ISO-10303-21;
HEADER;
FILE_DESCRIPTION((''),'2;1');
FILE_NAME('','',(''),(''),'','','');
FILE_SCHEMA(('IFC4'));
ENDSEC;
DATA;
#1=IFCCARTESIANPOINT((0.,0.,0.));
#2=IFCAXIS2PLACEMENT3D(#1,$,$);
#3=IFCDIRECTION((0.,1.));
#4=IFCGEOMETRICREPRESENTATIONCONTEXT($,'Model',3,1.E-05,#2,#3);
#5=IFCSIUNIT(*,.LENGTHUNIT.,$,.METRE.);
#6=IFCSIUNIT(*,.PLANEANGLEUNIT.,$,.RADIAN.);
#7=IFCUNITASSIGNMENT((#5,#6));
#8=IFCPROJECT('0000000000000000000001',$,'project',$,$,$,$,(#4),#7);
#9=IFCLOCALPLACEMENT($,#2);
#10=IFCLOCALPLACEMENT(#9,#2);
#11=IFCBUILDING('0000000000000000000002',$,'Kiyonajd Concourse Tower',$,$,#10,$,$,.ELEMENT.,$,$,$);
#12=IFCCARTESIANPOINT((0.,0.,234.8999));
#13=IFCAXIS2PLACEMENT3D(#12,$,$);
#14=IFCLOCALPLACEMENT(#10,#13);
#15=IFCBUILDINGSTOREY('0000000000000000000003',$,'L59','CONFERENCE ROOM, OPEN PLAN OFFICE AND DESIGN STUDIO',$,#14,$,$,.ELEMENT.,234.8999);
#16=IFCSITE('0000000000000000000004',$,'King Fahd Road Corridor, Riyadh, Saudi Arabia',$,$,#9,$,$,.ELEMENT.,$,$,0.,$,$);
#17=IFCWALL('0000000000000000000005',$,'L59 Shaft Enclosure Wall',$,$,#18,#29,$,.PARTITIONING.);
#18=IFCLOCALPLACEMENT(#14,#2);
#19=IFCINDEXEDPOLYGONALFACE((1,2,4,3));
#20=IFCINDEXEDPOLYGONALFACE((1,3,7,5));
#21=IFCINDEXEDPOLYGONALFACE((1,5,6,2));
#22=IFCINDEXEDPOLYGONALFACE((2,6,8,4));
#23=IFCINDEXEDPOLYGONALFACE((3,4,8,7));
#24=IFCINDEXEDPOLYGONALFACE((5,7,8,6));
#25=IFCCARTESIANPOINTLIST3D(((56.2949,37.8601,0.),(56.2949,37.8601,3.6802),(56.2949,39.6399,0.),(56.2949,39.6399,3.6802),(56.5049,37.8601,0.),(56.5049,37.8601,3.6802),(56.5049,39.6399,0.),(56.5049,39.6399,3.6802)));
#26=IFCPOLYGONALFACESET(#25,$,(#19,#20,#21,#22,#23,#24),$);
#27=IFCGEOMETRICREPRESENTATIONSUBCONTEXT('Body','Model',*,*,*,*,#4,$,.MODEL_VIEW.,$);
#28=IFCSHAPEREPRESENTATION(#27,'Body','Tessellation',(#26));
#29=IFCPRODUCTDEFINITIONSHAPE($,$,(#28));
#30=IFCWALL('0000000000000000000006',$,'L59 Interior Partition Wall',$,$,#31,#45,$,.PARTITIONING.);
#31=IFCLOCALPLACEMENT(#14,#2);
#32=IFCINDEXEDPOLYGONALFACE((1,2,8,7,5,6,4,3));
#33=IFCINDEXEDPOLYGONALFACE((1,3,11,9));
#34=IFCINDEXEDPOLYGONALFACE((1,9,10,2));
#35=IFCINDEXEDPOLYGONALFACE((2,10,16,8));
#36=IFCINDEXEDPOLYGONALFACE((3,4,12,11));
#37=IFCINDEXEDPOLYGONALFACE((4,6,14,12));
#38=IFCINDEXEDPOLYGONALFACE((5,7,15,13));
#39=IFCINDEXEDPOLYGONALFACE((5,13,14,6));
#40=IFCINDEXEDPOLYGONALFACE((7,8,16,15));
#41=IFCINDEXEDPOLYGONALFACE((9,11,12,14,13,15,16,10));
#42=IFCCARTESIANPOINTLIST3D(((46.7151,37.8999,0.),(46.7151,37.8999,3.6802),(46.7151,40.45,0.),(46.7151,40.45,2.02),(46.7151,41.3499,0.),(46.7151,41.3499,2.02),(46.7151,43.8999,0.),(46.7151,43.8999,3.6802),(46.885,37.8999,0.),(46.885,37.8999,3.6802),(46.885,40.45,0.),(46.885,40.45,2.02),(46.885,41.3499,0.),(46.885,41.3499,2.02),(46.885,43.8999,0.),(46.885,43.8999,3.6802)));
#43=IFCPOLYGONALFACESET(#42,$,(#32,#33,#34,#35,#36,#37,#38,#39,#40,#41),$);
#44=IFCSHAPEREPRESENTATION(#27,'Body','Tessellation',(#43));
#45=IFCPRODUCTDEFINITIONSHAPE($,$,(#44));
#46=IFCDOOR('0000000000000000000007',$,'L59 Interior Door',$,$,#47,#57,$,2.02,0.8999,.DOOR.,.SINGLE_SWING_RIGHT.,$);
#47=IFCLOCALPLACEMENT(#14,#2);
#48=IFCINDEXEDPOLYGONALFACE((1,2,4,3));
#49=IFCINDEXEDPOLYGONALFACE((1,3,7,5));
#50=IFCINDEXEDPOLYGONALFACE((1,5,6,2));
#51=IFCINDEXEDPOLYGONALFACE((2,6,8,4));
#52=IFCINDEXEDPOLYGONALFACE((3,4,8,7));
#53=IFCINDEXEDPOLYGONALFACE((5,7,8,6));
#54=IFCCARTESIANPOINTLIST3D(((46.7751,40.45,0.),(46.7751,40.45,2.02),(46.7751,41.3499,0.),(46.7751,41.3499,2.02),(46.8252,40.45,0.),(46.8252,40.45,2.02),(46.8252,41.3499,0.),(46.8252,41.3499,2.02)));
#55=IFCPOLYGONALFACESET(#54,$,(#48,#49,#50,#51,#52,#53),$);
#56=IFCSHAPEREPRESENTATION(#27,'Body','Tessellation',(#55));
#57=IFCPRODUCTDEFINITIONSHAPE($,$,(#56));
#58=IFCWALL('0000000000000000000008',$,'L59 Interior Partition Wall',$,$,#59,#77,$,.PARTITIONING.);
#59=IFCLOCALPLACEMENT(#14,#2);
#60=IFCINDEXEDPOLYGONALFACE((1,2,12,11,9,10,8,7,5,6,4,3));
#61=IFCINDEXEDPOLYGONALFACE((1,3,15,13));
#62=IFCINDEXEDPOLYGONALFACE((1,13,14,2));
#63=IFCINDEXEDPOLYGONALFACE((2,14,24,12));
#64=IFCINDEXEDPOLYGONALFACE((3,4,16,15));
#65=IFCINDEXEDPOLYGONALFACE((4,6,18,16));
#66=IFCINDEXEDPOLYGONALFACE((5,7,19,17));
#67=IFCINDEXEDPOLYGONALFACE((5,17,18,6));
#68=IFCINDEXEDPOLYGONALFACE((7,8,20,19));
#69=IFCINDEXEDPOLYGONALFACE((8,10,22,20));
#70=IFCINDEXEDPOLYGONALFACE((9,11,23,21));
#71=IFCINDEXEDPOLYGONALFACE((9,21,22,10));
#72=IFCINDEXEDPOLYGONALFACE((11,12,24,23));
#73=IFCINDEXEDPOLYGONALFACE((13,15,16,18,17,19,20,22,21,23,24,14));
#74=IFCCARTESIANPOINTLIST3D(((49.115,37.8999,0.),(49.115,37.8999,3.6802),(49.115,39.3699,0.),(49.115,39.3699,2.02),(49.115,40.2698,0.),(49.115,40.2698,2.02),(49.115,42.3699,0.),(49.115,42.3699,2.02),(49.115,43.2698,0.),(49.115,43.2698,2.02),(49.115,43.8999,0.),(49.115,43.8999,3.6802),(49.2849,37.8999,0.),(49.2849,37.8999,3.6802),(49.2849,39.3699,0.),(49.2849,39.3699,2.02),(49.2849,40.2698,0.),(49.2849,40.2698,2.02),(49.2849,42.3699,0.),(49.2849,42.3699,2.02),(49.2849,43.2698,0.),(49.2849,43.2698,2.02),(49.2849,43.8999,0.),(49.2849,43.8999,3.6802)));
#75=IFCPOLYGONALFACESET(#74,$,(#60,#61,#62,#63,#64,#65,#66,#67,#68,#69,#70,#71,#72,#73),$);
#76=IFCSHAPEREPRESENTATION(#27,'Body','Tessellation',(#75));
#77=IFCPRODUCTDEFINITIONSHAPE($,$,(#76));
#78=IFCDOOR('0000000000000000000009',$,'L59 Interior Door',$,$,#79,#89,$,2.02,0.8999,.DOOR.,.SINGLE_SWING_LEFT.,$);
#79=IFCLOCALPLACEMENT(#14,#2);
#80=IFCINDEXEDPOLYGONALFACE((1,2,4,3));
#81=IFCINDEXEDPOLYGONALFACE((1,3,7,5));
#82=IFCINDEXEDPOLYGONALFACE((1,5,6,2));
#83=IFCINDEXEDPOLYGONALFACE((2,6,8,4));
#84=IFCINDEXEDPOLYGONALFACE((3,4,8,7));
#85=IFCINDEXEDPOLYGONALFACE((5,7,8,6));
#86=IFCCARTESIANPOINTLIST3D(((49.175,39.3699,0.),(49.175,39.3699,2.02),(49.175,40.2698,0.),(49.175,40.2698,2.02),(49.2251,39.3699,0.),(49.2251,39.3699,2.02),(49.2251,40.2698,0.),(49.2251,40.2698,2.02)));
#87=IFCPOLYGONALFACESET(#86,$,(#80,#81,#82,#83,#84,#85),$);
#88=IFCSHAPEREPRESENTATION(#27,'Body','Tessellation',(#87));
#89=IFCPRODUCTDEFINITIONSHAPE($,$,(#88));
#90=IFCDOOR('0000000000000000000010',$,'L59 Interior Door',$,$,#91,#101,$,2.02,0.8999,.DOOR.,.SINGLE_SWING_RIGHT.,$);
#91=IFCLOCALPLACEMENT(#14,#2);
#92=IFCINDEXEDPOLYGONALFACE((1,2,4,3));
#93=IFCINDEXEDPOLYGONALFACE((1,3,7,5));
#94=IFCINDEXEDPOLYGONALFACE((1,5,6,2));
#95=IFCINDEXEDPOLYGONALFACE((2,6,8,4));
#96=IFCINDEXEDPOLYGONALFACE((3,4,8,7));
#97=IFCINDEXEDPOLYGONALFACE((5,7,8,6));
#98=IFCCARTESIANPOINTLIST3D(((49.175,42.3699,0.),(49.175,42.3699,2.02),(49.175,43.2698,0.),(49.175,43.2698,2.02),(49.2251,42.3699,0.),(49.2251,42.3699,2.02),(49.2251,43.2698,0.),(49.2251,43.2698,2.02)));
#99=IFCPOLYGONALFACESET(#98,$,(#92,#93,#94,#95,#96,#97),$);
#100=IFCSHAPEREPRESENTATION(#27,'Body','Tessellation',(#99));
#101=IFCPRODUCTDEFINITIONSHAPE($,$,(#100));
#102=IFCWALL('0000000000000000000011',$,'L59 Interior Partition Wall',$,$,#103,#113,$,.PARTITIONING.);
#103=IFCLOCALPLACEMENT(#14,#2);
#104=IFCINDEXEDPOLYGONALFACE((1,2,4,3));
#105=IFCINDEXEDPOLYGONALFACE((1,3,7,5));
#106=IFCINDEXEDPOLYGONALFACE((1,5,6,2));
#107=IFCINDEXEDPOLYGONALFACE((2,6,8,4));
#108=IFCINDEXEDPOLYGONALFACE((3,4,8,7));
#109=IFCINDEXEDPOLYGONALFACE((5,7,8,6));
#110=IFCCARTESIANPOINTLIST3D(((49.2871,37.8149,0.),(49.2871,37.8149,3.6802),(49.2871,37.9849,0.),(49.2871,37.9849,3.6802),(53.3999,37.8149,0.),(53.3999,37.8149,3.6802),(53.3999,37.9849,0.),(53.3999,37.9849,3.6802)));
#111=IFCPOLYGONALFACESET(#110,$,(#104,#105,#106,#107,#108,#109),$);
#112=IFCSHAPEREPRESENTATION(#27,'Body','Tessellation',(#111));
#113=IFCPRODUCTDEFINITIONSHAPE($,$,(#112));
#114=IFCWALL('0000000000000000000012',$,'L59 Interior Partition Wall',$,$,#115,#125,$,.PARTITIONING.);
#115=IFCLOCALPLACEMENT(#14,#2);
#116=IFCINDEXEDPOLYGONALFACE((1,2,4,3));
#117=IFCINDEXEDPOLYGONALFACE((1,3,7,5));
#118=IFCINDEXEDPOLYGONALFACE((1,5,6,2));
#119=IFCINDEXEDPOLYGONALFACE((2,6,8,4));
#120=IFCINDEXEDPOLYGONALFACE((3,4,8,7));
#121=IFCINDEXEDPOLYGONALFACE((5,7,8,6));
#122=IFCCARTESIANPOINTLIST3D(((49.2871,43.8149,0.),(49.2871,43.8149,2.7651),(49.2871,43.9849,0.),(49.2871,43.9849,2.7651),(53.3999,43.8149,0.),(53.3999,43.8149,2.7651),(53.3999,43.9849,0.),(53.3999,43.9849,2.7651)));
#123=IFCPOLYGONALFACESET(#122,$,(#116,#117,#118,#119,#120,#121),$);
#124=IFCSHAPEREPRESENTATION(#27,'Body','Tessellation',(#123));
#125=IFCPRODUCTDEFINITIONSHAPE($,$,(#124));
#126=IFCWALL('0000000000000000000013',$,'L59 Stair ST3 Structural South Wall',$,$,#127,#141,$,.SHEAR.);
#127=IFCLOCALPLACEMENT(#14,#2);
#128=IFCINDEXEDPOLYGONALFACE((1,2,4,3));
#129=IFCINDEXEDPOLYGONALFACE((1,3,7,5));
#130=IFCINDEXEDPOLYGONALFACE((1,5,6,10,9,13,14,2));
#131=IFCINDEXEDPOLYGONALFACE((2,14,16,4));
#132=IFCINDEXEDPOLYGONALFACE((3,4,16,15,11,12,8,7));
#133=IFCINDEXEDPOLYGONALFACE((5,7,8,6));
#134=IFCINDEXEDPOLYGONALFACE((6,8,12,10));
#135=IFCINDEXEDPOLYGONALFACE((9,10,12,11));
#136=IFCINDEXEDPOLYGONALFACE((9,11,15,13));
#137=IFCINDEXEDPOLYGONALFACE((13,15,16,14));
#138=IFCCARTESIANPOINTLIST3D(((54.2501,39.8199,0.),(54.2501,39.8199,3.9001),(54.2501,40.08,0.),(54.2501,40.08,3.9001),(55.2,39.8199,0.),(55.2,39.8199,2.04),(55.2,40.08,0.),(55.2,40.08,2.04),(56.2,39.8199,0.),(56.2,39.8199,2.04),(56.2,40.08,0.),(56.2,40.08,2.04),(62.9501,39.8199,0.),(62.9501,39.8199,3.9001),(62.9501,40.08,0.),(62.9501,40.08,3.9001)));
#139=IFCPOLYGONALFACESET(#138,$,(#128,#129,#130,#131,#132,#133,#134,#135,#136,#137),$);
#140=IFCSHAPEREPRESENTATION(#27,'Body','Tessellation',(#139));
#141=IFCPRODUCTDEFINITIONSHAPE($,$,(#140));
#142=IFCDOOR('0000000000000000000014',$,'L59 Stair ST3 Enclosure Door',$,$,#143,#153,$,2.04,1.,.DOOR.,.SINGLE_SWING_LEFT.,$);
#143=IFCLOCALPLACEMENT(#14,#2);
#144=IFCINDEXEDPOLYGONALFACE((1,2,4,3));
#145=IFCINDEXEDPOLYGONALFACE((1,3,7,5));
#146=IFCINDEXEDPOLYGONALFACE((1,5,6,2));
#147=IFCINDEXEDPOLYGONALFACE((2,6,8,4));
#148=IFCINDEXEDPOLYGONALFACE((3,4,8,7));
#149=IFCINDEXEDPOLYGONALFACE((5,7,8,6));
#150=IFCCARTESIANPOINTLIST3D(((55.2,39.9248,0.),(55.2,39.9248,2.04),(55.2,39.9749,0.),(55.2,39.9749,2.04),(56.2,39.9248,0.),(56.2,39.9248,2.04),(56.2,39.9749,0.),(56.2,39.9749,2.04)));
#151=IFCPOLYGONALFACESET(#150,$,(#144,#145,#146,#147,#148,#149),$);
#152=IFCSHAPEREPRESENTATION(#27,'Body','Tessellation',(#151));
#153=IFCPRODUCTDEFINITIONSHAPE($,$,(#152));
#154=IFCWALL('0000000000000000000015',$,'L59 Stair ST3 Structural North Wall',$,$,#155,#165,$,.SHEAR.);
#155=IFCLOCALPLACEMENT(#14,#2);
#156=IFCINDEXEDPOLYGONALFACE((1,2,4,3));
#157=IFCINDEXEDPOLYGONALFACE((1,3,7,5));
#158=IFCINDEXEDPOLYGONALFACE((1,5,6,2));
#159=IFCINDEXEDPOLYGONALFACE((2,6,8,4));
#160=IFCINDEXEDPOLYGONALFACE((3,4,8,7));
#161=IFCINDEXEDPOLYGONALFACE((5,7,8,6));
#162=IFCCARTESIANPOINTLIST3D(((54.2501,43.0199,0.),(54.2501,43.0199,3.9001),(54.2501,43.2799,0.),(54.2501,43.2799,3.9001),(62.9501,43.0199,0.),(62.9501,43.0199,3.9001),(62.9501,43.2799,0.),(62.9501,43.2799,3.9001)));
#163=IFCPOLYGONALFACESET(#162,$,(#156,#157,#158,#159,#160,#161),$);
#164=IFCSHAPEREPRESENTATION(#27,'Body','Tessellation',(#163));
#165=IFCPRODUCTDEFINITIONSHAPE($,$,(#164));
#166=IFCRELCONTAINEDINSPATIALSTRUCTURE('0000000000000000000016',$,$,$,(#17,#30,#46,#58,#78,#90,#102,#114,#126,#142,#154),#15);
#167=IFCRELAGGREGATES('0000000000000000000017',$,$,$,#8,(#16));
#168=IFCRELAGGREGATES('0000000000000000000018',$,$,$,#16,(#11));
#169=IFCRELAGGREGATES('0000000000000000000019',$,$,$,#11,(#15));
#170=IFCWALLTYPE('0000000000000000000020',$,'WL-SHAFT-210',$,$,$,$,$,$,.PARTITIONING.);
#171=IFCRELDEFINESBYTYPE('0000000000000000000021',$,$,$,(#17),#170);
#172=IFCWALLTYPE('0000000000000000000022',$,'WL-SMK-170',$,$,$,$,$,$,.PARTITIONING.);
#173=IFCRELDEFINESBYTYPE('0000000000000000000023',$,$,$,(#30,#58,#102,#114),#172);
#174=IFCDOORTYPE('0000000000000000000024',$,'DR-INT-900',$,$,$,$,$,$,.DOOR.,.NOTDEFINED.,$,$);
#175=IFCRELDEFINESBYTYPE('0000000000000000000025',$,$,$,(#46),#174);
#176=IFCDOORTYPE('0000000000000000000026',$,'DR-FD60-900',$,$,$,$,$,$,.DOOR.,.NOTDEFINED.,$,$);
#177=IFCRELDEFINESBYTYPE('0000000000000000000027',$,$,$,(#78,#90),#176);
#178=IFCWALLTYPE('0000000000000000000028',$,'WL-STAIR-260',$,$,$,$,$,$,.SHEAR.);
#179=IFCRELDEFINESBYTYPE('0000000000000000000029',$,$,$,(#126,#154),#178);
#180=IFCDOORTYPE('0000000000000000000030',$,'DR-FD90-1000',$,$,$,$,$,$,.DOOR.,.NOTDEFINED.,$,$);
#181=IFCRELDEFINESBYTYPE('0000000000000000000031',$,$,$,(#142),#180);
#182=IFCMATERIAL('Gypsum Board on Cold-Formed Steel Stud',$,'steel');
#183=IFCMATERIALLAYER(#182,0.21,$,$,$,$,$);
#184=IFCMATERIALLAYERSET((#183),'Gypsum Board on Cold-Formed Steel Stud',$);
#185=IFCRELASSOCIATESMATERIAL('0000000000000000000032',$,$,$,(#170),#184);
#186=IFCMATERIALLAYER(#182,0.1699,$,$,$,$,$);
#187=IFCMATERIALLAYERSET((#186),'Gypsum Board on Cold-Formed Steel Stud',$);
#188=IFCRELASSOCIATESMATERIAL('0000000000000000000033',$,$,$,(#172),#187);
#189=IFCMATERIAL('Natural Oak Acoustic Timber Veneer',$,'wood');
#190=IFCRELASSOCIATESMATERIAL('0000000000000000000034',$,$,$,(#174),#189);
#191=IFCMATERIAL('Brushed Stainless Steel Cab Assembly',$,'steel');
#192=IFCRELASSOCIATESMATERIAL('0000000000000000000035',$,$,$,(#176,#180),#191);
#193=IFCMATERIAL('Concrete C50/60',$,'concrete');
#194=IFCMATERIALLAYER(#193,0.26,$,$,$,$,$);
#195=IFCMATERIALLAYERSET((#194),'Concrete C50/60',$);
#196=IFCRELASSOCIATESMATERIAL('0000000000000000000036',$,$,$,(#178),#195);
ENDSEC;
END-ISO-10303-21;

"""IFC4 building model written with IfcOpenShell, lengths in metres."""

from ifc_helpers import new_model, si_unit, direction, frame, frame_2d, origin, place, context, subcontext, project, spatial, rectangle, extrude, material, layer, layer_set, type_object, element, fill, save


model = new_model("IFC4")

# Units and contexts
model_context = context("Model", 3, precision=1e-05, world=origin(), true_north=direction((0.0, 1.0)))
body_context = subcontext(model_context, "Body", "Model", "MODEL_VIEW")
ifc_project = project(units=[si_unit("LENGTHUNIT", "METRE"), si_unit("PLANEANGLEUNIT", "RADIAN")], contexts=[model_context])

# Site, building, storey
site_placement = place(None, origin())
site = spatial("IfcSite", under=ifc_project, at=site_placement, Name="King Fahd Road Corridor, Riyadh, Saudi Arabia", CompositionType="ELEMENT", RefElevation=0.0)
building_placement = place(site_placement, origin())
building = spatial("IfcBuilding", under=site, at=building_placement, Name="Kiyonajd Concourse Tower", CompositionType="ELEMENT")
storey_placement = place(building_placement, frame((0.0, 0.0, 234.8999)))
storey = spatial("IfcBuildingStorey", under=building, at=storey_placement, Name="L59", Description="CONFERENCE ROOM, OPEN PLAN OFFICE AND DESIGN STUDIO", CompositionType="ELEMENT", Elevation=234.8999)

# Shared definitions
ifc_material_1 = material(Name="Concrete C50/60", Category="concrete")

# Wall
ifc_material_2 = material(Name="Gypsum Board on Cold-Formed Steel Stud", Category="steel")
ifc_layer_1 = layer(ifc_material_2, 0.21)
ifc_layer_set_1 = layer_set([ifc_layer_1], Name="Gypsum Board on Cold-Formed Steel Stud")
wall_type_1 = type_object("IfcWallType", Name="WL-SHAFT-210", PredefinedType="PARTITIONING", material=ifc_layer_set_1)
wall_1_placement = place(storey_placement, frame((56.3999, 37.8601, 0.0), z_axis=(0.0, 0.0, 1.0), x_axis=(0.0, 1.0, 0.0)))
element("IfcWall", 1, at=wall_1_placement, inside=storey, type_object=wall_type_1, Name="L59 Shaft Enclosure Wall", PredefinedType="PARTITIONING", context=body_context, shape_type="SweptSolid", body=[
    extrude(rectangle(XDim=1.7798, YDim=0.21, at=frame_2d((0.8899, 0.0))), origin(), (0.0, 0.0, 1.0), 3.6802),
])

# Wall, opening, door
ifc_layer_2 = layer(ifc_material_2, 0.1699)
ifc_layer_set_2 = layer_set([ifc_layer_2], Name="Gypsum Board on Cold-Formed Steel Stud")
wall_type_2 = type_object("IfcWallType", Name="WL-SMK-170", PredefinedType="PARTITIONING", material=ifc_layer_set_2)
wall_2_placement = place(storey_placement, frame((46.8, 37.8999, 0.0), z_axis=(0.0, 0.0, 1.0), x_axis=(0.0, 1.0, 0.0)))
wall_2 = element("IfcWall", 2, at=wall_2_placement, inside=storey, type_object=wall_type_2, Name="L59 Interior Partition Wall", PredefinedType="PARTITIONING", context=body_context, shape_type="SweptSolid", body=[
    extrude(rectangle(XDim=6.0, YDim=0.1699, at=frame_2d((3.0, 0.0))), origin(), (0.0, 0.0, 1.0), 3.6802),
])
opening_1_placement = place(wall_2_placement, frame((2.55, 0.0, 0.0)))
opening_1 = element("IfcOpeningElement", 3, at=opening_1_placement, cuts=wall_2, PredefinedType="OPENING", context=body_context, shape_type="SweptSolid", body=[
    extrude(rectangle(XDim=0.8999, YDim=2.02, at=frame_2d((0.45, 1.01))), frame((0.0, 0.095, 0.0), z_axis=(0.0, -1.0, 0.0), x_axis=(1.0, 0.0, 0.0)), (0.0, 0.0, 1.0), 0.1899),
])
ifc_material_3 = material(Name="Natural Oak Acoustic Timber Veneer", Category="wood")
door_type_1 = type_object("IfcDoorType", Name="DR-INT-900", OperationType="NOTDEFINED", PredefinedType="DOOR", material=ifc_material_3)
door_1_placement = place(opening_1_placement, origin())
door_1 = element("IfcDoor", 4, at=door_1_placement, inside=storey, type_object=door_type_1, Name="L59 Interior Door", OperationType="SINGLE_SWING_RIGHT", OverallHeight=2.02, OverallWidth=0.8999, PredefinedType="DOOR", context=body_context, shape_type="SweptSolid", body=[
    extrude(rectangle(XDim=0.8999, YDim=2.02, at=frame_2d((0.45, 1.01))), frame((0.0, 0.0249, 0.0), z_axis=(0.0, -1.0, 0.0), x_axis=(1.0, 0.0, 0.0)), (0.0, 0.0, 1.0), 0.05),
])
fill(opening_1, door_1)

# Wall, openings, doors
wall_3_placement = place(storey_placement, frame((49.2, 37.8999, 0.0), z_axis=(0.0, 0.0, 1.0), x_axis=(0.0, 1.0, 0.0)))
wall_3 = element("IfcWall", 5, at=wall_3_placement, inside=storey, type_object=wall_type_2, Name="L59 Interior Partition Wall", PredefinedType="PARTITIONING", context=body_context, shape_type="SweptSolid", body=[
    extrude(rectangle(XDim=6.0, YDim=0.1699, at=frame_2d((3.0, 0.0))), origin(), (0.0, 0.0, 1.0), 3.6802),
])
opening_2_placement = place(wall_3_placement, frame((1.47, 0.0, 0.0)))
opening_2 = element("IfcOpeningElement", 6, at=opening_2_placement, cuts=wall_3, PredefinedType="OPENING", context=body_context, shape_type="SweptSolid", body=[
    extrude(rectangle(XDim=0.8999, YDim=2.02, at=frame_2d((0.45, 1.01))), frame((0.0, 0.095, 0.0), z_axis=(0.0, -1.0, 0.0), x_axis=(1.0, 0.0, 0.0)), (0.0, 0.0, 1.0), 0.1899),
])
opening_3_placement = place(wall_3_placement, frame((4.47, 0.0, 0.0)))
opening_3 = element("IfcOpeningElement", 7, at=opening_3_placement, cuts=wall_3, PredefinedType="OPENING", context=body_context, shape_type="SweptSolid", body=[
    extrude(rectangle(XDim=0.8999, YDim=2.02, at=frame_2d((0.45, 1.01))), frame((0.0, 0.095, 0.0), z_axis=(0.0, -1.0, 0.0), x_axis=(1.0, 0.0, 0.0)), (0.0, 0.0, 1.0), 0.1899),
])
ifc_material_4 = material(Name="Brushed Stainless Steel Cab Assembly", Category="steel")
door_type_2 = type_object("IfcDoorType", Name="DR-FD60-900", OperationType="NOTDEFINED", PredefinedType="DOOR", material=ifc_material_4)
door_2_placement = place(opening_2_placement, origin())
door_2 = element("IfcDoor", 8, at=door_2_placement, inside=storey, type_object=door_type_2, Name="L59 Interior Door", OperationType="SINGLE_SWING_LEFT", OverallHeight=2.02, OverallWidth=0.8999, PredefinedType="DOOR", context=body_context, shape_type="SweptSolid", body=[
    extrude(rectangle(XDim=0.8999, YDim=2.02, at=frame_2d((0.45, 1.01))), frame((0.0, 0.0249, 0.0), z_axis=(0.0, -1.0, 0.0), x_axis=(1.0, 0.0, 0.0)), (0.0, 0.0, 1.0), 0.05),
])
fill(opening_2, door_2)
door_3_placement = place(opening_3_placement, origin())
door_3 = element("IfcDoor", 9, at=door_3_placement, inside=storey, type_object=door_type_2, Name="L59 Interior Door", OperationType="SINGLE_SWING_RIGHT", OverallHeight=2.02, OverallWidth=0.8999, PredefinedType="DOOR", context=body_context, shape_type="SweptSolid", body=[
    extrude(rectangle(XDim=0.8999, YDim=2.02, at=frame_2d((0.45, 1.01))), frame((0.0, 0.0249, 0.0), z_axis=(0.0, -1.0, 0.0), x_axis=(1.0, 0.0, 0.0)), (0.0, 0.0, 1.0), 0.05),
])
fill(opening_3, door_3)

# Walls
wall_4_placement = place(storey_placement, frame((49.2871, 37.8999, 0.0), z_axis=(0.0, 0.0, 1.0), x_axis=(1.0, 0.0, 0.0)))
element("IfcWall", 10, at=wall_4_placement, inside=storey, type_object=wall_type_2, Name="L59 Interior Partition Wall", PredefinedType="PARTITIONING", context=body_context, shape_type="SweptSolid", body=[
    extrude(rectangle(XDim=4.1128, YDim=0.1699, at=frame_2d((2.0564, 0.0))), origin(), (0.0, 0.0, 1.0), 3.6802),
])
wall_5_placement = place(storey_placement, frame((49.2871, 43.8999, 0.0), z_axis=(0.0, 0.0, 1.0), x_axis=(1.0, 0.0, 0.0)))
element("IfcWall", 11, at=wall_5_placement, inside=storey, type_object=wall_type_2, Name="L59 Interior Partition Wall", PredefinedType="PARTITIONING", context=body_context, shape_type="SweptSolid", body=[
    extrude(rectangle(XDim=4.1128, YDim=0.1699, at=frame_2d((2.0564, 0.0))), origin(), (0.0, 0.0, 1.0), 2.7651),
])

# Wall, opening, door
ifc_layer_3 = layer(ifc_material_1, 0.26)
ifc_layer_set_3 = layer_set([ifc_layer_3], Name="Concrete C50/60")
wall_type_3 = type_object("IfcWallType", Name="WL-STAIR-260", PredefinedType="SHEAR", material=ifc_layer_set_3)
wall_6_placement = place(storey_placement, frame((54.25, 39.95, 0.0), z_axis=(0.0, 0.0, 1.0), x_axis=(1.0, 0.0, 0.0)))
wall_6 = element("IfcWall", 12, at=wall_6_placement, inside=storey, type_object=wall_type_3, Name="L59 Stair ST3 Structural South Wall", PredefinedType="SHEAR", context=body_context, shape_type="SweptSolid", body=[
    extrude(rectangle(XDim=8.7, YDim=0.26, at=frame_2d((4.3501, 0.0))), origin(), (0.0, 0.0, 1.0), 3.9001),
])
opening_4_placement = place(wall_6_placement, frame((0.95, 0.0, 0.0)))
opening_4 = element("IfcOpeningElement", 13, at=opening_4_placement, cuts=wall_6, PredefinedType="OPENING", context=body_context, shape_type="SweptSolid", body=[
    extrude(rectangle(XDim=1.0, YDim=2.04, at=frame_2d((0.5, 1.02))), frame((0.0, 0.1399, 0.0), z_axis=(0.0, -1.0, 0.0), x_axis=(1.0, 0.0, 0.0)), (0.0, 0.0, 1.0), 0.28),
])
door_type_3 = type_object("IfcDoorType", Name="DR-FD90-1000", OperationType="NOTDEFINED", PredefinedType="DOOR", material=ifc_material_4)
door_4_placement = place(opening_4_placement, origin())
door_4 = element("IfcDoor", 14, at=door_4_placement, inside=storey, type_object=door_type_3, Name="L59 Stair ST3 Enclosure Door", OperationType="SINGLE_SWING_LEFT", OverallHeight=2.04, OverallWidth=1.0, PredefinedType="DOOR", context=body_context, shape_type="SweptSolid", body=[
    extrude(rectangle(XDim=1.0, YDim=2.04, at=frame_2d((0.5, 1.02))), frame((0.0, 0.0249, 0.0), z_axis=(0.0, -1.0, 0.0), x_axis=(1.0, 0.0, 0.0)), (0.0, 0.0, 1.0), 0.05),
])
fill(opening_4, door_4)

# Wall
wall_7_placement = place(storey_placement, frame((54.25, 43.1499, 0.0), z_axis=(0.0, 0.0, 1.0), x_axis=(1.0, 0.0, 0.0)))
element("IfcWall", 15, at=wall_7_placement, inside=storey, type_object=wall_type_3, Name="L59 Stair ST3 Structural North Wall", PredefinedType="SHEAR", context=body_context, shape_type="SweptSolid", body=[
    extrude(rectangle(XDim=8.7, YDim=0.26, at=frame_2d((4.3501, 0.0))), origin(), (0.0, 0.0, 1.0), 3.9001),
])

save(model, "model.ifc")
